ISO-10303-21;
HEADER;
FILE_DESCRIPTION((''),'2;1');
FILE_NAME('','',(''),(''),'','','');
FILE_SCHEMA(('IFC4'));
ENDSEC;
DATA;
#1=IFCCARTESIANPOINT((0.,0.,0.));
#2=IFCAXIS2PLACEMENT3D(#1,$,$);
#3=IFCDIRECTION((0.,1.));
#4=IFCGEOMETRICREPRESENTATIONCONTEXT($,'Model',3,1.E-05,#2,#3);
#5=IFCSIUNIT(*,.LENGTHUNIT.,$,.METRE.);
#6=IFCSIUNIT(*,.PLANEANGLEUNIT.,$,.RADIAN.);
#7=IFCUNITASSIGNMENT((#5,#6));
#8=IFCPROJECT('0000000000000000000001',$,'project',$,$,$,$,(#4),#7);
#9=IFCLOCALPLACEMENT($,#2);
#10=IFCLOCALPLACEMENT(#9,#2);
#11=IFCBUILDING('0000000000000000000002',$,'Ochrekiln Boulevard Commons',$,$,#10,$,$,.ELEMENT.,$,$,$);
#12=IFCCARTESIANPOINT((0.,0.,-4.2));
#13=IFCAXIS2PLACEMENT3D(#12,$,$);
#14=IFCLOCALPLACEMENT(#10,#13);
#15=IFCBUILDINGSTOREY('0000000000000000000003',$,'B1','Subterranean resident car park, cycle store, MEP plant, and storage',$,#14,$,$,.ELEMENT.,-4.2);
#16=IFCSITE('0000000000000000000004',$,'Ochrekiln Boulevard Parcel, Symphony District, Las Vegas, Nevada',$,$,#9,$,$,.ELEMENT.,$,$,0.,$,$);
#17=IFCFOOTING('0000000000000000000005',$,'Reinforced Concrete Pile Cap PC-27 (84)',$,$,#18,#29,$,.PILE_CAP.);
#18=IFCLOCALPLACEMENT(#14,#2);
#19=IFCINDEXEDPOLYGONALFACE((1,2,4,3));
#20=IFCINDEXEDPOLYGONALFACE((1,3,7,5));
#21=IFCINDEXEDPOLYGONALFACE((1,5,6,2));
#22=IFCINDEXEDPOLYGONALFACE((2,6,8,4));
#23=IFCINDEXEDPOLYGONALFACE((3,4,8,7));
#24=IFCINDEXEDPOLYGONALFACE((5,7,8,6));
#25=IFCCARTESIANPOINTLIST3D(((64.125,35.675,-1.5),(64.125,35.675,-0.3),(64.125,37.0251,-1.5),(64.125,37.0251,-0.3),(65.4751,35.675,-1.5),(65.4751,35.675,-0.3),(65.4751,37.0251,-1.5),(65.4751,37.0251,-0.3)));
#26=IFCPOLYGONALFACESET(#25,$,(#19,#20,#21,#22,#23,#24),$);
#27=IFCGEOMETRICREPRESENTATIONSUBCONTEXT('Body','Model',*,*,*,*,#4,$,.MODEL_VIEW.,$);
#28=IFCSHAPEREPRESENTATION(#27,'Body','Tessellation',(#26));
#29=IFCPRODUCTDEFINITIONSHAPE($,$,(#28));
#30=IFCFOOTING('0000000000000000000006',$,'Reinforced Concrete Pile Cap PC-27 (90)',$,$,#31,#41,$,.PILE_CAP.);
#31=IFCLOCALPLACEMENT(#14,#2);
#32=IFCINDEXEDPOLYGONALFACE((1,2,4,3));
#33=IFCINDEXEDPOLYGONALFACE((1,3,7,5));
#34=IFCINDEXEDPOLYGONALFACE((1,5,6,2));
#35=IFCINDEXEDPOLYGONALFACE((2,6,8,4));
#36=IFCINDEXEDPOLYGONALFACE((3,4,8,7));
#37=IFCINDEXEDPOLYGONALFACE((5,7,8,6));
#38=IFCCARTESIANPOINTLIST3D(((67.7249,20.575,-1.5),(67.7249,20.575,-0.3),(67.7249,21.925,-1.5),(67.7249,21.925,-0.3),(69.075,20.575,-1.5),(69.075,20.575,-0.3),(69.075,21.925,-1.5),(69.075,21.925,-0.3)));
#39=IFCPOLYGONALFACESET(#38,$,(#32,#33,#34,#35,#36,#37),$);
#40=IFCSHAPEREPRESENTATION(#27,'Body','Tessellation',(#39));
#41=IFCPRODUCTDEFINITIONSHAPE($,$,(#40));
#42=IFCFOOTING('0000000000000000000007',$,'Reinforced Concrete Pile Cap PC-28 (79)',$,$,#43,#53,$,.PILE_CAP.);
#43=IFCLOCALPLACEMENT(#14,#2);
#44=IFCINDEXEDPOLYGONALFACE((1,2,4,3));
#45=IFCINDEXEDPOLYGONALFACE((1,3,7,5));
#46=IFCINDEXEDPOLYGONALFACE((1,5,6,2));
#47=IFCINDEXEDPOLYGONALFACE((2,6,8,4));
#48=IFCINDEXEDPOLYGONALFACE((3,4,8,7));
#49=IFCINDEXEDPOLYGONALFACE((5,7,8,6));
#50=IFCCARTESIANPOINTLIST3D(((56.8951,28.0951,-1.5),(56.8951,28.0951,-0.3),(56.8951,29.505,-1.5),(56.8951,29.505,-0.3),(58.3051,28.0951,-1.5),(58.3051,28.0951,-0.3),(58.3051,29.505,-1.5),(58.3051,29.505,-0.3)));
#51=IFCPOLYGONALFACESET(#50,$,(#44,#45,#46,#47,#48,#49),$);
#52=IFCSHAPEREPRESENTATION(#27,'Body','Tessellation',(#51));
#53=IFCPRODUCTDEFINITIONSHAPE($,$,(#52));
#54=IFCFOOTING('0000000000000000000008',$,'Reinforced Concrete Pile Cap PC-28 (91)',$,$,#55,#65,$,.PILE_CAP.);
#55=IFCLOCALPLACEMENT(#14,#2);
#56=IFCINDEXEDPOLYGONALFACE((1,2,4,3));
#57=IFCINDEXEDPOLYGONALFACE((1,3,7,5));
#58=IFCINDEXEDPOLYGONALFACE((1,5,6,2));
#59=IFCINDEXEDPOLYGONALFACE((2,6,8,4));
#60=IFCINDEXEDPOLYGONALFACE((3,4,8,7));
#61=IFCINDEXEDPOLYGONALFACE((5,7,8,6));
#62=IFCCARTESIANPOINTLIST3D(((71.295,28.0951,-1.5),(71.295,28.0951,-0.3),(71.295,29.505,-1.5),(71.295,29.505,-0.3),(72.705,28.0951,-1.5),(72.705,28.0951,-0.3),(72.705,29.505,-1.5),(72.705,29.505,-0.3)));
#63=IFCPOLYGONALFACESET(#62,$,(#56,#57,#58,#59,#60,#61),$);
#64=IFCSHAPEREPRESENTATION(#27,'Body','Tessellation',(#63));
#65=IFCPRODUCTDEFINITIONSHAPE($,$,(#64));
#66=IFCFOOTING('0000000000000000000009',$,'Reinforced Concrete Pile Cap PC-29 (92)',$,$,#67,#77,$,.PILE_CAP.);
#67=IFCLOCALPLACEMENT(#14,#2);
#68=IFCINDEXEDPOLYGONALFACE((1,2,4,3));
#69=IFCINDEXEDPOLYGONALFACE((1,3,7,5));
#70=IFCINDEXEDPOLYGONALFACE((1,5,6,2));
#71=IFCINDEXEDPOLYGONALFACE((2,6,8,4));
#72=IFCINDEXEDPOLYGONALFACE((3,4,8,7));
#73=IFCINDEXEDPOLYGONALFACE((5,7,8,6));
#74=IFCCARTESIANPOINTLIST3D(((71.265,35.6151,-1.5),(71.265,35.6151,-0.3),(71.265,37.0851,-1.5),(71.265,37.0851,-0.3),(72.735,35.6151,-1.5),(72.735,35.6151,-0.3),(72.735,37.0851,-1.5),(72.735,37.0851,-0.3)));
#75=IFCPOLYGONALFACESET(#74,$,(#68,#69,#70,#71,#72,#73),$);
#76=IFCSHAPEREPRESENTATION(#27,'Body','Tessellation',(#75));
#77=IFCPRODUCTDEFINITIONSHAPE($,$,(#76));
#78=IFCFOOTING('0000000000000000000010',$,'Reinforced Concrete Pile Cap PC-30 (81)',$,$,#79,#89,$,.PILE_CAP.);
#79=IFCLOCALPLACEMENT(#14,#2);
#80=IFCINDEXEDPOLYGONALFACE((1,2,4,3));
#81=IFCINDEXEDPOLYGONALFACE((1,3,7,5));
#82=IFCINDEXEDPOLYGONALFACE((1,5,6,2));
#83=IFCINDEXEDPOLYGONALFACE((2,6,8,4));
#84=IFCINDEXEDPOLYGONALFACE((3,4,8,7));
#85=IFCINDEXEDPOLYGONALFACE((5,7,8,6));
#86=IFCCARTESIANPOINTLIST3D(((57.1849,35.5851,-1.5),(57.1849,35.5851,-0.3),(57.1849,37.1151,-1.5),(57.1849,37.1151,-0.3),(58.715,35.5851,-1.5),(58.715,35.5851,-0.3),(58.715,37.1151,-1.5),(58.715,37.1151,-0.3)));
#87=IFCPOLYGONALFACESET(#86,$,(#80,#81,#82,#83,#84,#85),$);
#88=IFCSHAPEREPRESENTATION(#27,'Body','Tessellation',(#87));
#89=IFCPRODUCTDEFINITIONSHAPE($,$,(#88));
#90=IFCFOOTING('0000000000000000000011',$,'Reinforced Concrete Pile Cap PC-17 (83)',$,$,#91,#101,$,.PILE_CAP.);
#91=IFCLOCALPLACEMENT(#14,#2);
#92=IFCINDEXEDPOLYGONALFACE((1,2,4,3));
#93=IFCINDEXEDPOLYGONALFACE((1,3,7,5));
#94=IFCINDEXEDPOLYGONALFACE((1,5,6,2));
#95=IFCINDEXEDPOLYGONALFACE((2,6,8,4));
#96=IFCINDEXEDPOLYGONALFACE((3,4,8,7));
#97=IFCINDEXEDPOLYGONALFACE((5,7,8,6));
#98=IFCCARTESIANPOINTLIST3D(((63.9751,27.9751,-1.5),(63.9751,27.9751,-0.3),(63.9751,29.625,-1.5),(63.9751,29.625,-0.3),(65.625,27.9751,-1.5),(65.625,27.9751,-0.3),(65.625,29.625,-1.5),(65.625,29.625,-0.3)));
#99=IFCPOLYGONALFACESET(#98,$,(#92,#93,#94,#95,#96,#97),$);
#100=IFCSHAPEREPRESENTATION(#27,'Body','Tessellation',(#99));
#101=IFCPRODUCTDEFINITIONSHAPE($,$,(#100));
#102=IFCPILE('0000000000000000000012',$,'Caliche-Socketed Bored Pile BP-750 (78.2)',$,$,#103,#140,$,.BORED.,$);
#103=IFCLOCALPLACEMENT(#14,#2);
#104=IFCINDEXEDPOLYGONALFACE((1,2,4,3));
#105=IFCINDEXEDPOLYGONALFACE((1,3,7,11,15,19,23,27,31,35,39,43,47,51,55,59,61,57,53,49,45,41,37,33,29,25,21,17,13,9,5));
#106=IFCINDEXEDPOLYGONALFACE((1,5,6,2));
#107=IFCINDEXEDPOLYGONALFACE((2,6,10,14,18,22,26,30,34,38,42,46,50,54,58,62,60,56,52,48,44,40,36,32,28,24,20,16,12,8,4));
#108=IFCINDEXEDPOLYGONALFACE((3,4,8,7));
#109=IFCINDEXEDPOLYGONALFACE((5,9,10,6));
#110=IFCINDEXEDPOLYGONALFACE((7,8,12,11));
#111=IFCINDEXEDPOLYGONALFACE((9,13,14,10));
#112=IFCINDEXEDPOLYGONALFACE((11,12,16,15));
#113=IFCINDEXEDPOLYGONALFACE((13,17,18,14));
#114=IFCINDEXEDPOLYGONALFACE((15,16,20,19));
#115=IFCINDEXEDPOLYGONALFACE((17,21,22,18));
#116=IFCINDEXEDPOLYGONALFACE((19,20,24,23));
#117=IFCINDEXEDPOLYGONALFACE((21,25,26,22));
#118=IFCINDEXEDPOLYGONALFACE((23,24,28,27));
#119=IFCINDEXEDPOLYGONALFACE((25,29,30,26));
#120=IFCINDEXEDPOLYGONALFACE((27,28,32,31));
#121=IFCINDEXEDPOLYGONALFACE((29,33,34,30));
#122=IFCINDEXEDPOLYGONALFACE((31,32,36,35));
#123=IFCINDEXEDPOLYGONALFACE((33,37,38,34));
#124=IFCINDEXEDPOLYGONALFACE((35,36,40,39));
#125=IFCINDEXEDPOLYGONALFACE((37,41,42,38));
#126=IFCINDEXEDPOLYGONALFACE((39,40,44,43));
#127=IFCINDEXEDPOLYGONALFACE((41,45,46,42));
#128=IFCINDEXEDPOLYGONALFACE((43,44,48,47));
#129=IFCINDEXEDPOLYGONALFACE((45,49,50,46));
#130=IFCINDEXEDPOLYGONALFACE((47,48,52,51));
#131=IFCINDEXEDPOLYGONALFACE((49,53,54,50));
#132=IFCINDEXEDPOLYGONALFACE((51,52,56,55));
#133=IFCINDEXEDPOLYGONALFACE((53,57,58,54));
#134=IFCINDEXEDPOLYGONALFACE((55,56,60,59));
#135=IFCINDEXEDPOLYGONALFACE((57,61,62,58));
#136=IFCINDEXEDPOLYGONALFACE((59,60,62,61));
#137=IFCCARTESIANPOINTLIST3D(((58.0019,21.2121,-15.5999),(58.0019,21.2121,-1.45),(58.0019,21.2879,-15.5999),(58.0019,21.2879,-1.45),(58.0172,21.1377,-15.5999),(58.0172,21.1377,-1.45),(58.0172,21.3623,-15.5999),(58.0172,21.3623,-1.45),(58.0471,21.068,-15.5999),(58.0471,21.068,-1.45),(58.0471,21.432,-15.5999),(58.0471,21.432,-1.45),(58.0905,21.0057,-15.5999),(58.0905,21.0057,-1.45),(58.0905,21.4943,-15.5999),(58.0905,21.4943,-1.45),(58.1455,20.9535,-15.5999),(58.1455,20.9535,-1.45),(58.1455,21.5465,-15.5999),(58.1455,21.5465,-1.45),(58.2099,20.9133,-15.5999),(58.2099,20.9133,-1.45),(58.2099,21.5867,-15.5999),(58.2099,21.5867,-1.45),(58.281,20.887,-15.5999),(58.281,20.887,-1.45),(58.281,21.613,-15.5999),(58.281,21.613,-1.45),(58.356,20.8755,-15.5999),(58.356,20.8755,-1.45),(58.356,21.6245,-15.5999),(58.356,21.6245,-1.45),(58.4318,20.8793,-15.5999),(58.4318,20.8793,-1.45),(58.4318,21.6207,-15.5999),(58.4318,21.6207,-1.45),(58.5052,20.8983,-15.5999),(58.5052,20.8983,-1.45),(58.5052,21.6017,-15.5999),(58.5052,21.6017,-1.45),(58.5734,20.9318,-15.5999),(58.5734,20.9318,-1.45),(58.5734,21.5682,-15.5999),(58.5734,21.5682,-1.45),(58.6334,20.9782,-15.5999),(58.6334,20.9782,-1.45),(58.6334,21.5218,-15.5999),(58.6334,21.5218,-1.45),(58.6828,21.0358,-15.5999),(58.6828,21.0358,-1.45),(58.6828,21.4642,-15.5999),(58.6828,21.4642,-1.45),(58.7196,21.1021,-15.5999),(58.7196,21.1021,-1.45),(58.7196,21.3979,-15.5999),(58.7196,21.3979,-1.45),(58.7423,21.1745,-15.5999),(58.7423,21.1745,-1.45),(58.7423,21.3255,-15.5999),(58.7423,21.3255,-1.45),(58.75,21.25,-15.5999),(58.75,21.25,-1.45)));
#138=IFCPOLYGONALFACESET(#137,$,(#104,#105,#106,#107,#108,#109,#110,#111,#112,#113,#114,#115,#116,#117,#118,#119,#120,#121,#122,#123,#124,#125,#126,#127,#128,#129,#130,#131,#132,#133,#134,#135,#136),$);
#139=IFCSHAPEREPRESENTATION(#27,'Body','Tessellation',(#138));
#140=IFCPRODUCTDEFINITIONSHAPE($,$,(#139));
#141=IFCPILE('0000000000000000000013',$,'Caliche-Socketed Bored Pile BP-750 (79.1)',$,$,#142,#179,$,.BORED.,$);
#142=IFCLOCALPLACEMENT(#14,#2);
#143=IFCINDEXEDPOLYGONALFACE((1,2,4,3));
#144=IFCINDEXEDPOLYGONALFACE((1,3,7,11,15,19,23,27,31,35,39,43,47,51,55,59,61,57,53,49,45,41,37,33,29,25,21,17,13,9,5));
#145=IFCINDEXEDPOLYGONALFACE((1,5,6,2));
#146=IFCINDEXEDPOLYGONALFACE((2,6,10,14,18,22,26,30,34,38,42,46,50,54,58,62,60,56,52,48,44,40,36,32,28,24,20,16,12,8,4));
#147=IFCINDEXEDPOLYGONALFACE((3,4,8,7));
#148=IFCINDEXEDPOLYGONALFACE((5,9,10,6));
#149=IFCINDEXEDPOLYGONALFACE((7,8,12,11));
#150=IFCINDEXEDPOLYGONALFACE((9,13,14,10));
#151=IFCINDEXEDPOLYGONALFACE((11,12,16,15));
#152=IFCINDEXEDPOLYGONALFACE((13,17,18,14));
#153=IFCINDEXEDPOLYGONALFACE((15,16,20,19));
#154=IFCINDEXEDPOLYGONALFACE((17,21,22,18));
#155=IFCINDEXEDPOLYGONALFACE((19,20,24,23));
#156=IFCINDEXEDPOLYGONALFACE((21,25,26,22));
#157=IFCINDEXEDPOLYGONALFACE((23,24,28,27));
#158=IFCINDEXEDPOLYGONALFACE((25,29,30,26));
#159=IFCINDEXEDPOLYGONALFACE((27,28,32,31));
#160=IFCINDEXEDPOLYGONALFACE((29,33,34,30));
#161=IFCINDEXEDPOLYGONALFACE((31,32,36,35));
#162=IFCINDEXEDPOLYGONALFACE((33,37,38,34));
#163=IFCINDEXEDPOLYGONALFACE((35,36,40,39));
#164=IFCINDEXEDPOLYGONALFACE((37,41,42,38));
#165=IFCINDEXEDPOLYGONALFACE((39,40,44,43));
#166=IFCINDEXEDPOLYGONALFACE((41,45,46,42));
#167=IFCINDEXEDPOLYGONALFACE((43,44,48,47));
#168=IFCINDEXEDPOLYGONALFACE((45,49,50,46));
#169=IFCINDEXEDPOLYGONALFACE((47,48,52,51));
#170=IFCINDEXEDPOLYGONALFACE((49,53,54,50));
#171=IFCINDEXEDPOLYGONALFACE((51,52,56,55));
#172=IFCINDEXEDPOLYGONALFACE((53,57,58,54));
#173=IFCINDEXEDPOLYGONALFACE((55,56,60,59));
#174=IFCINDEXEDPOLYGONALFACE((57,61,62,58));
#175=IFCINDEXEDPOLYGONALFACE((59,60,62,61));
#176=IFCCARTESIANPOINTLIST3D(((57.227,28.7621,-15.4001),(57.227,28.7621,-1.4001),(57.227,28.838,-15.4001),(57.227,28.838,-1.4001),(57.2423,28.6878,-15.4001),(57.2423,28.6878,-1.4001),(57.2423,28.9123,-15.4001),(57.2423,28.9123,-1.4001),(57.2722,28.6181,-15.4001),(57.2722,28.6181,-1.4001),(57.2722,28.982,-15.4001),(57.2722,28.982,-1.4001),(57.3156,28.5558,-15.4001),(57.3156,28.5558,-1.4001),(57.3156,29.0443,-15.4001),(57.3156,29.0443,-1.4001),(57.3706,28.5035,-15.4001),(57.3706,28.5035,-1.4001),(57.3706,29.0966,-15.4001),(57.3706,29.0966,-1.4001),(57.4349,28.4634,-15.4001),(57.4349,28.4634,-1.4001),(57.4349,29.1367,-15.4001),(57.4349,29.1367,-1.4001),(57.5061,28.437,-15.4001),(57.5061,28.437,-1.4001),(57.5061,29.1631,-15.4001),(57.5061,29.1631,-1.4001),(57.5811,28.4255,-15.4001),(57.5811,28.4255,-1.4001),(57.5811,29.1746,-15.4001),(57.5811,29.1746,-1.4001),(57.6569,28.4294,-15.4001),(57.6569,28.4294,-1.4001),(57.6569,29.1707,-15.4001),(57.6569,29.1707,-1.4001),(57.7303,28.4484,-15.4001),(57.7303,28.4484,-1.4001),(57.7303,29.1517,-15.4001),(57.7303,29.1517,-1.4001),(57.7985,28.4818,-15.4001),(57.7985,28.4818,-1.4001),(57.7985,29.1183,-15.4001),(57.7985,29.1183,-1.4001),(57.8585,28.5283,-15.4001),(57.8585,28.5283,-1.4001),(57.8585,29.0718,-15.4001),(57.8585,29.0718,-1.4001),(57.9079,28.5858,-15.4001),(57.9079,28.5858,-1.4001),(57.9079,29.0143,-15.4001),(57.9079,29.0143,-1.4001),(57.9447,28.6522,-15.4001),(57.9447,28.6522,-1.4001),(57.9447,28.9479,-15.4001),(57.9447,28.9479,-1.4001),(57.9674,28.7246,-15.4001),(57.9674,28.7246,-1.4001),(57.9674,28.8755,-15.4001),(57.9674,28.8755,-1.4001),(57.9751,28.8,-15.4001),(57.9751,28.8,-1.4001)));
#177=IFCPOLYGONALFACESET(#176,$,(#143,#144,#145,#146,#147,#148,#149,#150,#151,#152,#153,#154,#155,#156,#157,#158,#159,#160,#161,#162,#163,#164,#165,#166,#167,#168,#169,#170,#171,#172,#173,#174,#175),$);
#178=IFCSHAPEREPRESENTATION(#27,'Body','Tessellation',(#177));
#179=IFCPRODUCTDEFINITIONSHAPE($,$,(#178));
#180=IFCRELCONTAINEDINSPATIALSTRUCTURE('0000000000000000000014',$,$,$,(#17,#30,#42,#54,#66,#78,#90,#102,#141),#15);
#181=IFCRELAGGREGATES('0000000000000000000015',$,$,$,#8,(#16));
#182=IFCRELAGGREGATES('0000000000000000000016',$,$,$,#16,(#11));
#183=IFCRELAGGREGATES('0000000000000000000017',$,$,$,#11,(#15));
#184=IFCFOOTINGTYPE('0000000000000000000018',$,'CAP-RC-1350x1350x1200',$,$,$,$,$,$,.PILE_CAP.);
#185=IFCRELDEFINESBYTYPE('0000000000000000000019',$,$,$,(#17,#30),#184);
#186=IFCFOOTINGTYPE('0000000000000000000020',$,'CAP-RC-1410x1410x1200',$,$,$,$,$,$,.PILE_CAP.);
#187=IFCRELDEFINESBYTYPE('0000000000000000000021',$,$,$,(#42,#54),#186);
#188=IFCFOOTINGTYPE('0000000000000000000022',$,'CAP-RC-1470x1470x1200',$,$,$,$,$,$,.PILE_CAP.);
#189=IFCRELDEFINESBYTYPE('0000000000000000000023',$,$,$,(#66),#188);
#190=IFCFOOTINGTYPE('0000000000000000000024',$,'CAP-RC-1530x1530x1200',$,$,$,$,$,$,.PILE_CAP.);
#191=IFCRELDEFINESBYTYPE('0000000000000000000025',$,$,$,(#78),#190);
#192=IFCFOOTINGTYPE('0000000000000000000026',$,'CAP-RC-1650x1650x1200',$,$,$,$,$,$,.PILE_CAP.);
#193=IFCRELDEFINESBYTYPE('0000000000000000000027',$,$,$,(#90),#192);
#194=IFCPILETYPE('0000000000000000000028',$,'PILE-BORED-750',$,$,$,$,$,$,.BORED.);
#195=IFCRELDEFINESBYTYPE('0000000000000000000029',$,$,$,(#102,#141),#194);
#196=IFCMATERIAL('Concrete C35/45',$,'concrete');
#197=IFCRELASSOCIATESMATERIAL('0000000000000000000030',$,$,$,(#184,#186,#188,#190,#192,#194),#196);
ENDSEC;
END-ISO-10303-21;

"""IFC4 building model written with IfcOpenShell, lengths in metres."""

from ifc_helpers import new_model, si_unit, direction, frame, origin, origin_2d, place, context, subcontext, project, spatial, rectangle, circle, extrude, material, material_profile, profile_set, type_object, element, save


model = new_model("IFC4")

# Units and contexts
model_context = context("Model", 3, precision=1e-05, world=origin(), true_north=direction((0.0, 1.0)))
body_context = subcontext(model_context, "Body", "Model", "MODEL_VIEW")
ifc_project = project(units=[si_unit("LENGTHUNIT", "METRE"), si_unit("PLANEANGLEUNIT", "RADIAN")], contexts=[model_context])

# Site, building, storey
site_placement = place(None, origin())
site = spatial("IfcSite", under=ifc_project, at=site_placement, Name="Ochrekiln Boulevard Parcel, Symphony District, Las Vegas, Nevada", CompositionType="ELEMENT", RefElevation=0.0)
building_placement = place(site_placement, origin())
building = spatial("IfcBuilding", under=site, at=building_placement, Name="Ochrekiln Boulevard Commons", CompositionType="ELEMENT")
storey_placement = place(building_placement, frame((0.0, 0.0, -4.2)))
storey = spatial("IfcBuildingStorey", under=building, at=storey_placement, Name="B1", Description="Subterranean resident car park, cycle store, MEP plant, and storage", CompositionType="ELEMENT", Elevation=-4.2)

# Footings
ifc_material_1 = material(Name="Concrete C35/45", Category="concrete")
footing_type_1 = type_object("IfcFootingType", Name="CAP-RC-1350x1350x1200", PredefinedType="PILE_CAP", material=ifc_material_1)
for number, where, z_axis, x_axis, name in (
    (1, (64.8, 36.3501, -1.5), (0.0, 0.0, 1.0), (1.0, 0.0, 0.0), "Reinforced Concrete Pile Cap PC-27 (84)"),
    (2, (68.3999, 21.25, -1.5), (0.0, 0.0, 1.0), (1.0, 0.0, 0.0), "Reinforced Concrete Pile Cap PC-27 (90)"),
):
    element("IfcFooting", number, at=place(storey_placement, frame(where, z_axis=z_axis, x_axis=x_axis)), inside=storey, type_object=footing_type_1, Name=name, PredefinedType="PILE_CAP", context=body_context, shape_type="SweptSolid", body=[
        extrude(rectangle(XDim=1.3501, YDim=1.3501, at=origin_2d()), origin(), (0.0, 0.0, 1.0), 1.2),
    ])
footing_type_2 = type_object("IfcFootingType", Name="CAP-RC-1410x1410x1200", PredefinedType="PILE_CAP", material=ifc_material_1)
for number, where, z_axis, x_axis, name in (
    (3, (57.6001, 28.8, -1.5), (0.0, 0.0, 1.0), (1.0, 0.0, 0.0), "Reinforced Concrete Pile Cap PC-28 (79)"),
    (4, (72.0, 28.8, -1.5), (0.0, 0.0, 1.0), (1.0, 0.0, 0.0), "Reinforced Concrete Pile Cap PC-28 (91)"),
):
    element("IfcFooting", number, at=place(storey_placement, frame(where, z_axis=z_axis, x_axis=x_axis)), inside=storey, type_object=footing_type_2, Name=name, PredefinedType="PILE_CAP", context=body_context, shape_type="SweptSolid", body=[
        extrude(rectangle(XDim=1.4099, YDim=1.4099, at=origin_2d()), origin(), (0.0, 0.0, 1.0), 1.2),
    ])
footing_type_3 = type_object("IfcFootingType", Name="CAP-RC-1470x1470x1200", PredefinedType="PILE_CAP", material=ifc_material_1)
footing_1_placement = place(storey_placement, frame((72.0, 36.3501, -1.5), z_axis=(0.0, 0.0, 1.0), x_axis=(1.0, 0.0, 0.0)))
element("IfcFooting", 5, at=footing_1_placement, inside=storey, type_object=footing_type_3, Name="Reinforced Concrete Pile Cap PC-29 (92)", PredefinedType="PILE_CAP", context=body_context, shape_type="SweptSolid", body=[
    extrude(rectangle(XDim=1.47, YDim=1.47, at=origin_2d()), origin(), (0.0, 0.0, 1.0), 1.2),
])
footing_type_4 = type_object("IfcFootingType", Name="CAP-RC-1530x1530x1200", PredefinedType="PILE_CAP", material=ifc_material_1)
footing_2_placement = place(storey_placement, frame((57.95, 36.3501, -1.5), z_axis=(0.0, 0.0, 1.0), x_axis=(1.0, 0.0, 0.0)))
element("IfcFooting", 6, at=footing_2_placement, inside=storey, type_object=footing_type_4, Name="Reinforced Concrete Pile Cap PC-30 (81)", PredefinedType="PILE_CAP", context=body_context, shape_type="SweptSolid", body=[
    extrude(rectangle(XDim=1.53, YDim=1.53, at=origin_2d()), origin(), (0.0, 0.0, 1.0), 1.2),
])
footing_type_5 = type_object("IfcFootingType", Name="CAP-RC-1650x1650x1200", PredefinedType="PILE_CAP", material=ifc_material_1)
footing_3_placement = place(storey_placement, frame((64.8, 28.8, -1.5), z_axis=(0.0, 0.0, 1.0), x_axis=(1.0, 0.0, 0.0)))
element("IfcFooting", 7, at=footing_3_placement, inside=storey, type_object=footing_type_5, Name="Reinforced Concrete Pile Cap PC-17 (83)", PredefinedType="PILE_CAP", context=body_context, shape_type="SweptSolid", body=[
    extrude(rectangle(XDim=1.6499, YDim=1.6499, at=origin_2d()), origin(), (0.0, 0.0, 1.0), 1.2),
])

# Piles
ifc_material_profile_1 = material_profile(ifc_material_1, circle(Radius=0.375, at=origin_2d()), Name="PILE-D750")
ifc_profile_set_1 = profile_set([ifc_material_profile_1], Name="Concrete C35/45")
pile_type = type_object("IfcPileType", Name="PILE-BORED-750", PredefinedType="BORED", material=ifc_profile_set_1)
pile_placement = place(storey_placement, frame((58.375, 21.25, -1.45), z_axis=(0.0, 0.0, -1.0), x_axis=(1.0, 0.0, 0.0)))
element("IfcPile", 8, at=pile_placement, inside=storey, type_object=pile_type, Name="Caliche-Socketed Bored Pile BP-750 (78.2)", PredefinedType="BORED", context=body_context, shape_type="SweptSolid", body=[
    extrude(circle(Radius=0.375, at=origin_2d()), origin(), (0.0, 0.0, 1.0), 14.1499),
])
for number, where, z_axis, x_axis, name in (
    (9, (57.6001, 28.8, -1.4001), (0.0, 0.0, -1.0), (1.0, 0.0, 0.0), "Caliche-Socketed Bored Pile BP-750 (79.1)"),
):
    element("IfcPile", number, at=place(storey_placement, frame(where, z_axis=z_axis, x_axis=x_axis)), inside=storey, type_object=pile_type, Name=name, PredefinedType="BORED", context=body_context, shape_type="SweptSolid", body=[
        extrude(circle(Radius=0.375, at=origin_2d()), origin(), (0.0, 0.0, 1.0), 14.0),
    ])

save(model, "model.ifc")
